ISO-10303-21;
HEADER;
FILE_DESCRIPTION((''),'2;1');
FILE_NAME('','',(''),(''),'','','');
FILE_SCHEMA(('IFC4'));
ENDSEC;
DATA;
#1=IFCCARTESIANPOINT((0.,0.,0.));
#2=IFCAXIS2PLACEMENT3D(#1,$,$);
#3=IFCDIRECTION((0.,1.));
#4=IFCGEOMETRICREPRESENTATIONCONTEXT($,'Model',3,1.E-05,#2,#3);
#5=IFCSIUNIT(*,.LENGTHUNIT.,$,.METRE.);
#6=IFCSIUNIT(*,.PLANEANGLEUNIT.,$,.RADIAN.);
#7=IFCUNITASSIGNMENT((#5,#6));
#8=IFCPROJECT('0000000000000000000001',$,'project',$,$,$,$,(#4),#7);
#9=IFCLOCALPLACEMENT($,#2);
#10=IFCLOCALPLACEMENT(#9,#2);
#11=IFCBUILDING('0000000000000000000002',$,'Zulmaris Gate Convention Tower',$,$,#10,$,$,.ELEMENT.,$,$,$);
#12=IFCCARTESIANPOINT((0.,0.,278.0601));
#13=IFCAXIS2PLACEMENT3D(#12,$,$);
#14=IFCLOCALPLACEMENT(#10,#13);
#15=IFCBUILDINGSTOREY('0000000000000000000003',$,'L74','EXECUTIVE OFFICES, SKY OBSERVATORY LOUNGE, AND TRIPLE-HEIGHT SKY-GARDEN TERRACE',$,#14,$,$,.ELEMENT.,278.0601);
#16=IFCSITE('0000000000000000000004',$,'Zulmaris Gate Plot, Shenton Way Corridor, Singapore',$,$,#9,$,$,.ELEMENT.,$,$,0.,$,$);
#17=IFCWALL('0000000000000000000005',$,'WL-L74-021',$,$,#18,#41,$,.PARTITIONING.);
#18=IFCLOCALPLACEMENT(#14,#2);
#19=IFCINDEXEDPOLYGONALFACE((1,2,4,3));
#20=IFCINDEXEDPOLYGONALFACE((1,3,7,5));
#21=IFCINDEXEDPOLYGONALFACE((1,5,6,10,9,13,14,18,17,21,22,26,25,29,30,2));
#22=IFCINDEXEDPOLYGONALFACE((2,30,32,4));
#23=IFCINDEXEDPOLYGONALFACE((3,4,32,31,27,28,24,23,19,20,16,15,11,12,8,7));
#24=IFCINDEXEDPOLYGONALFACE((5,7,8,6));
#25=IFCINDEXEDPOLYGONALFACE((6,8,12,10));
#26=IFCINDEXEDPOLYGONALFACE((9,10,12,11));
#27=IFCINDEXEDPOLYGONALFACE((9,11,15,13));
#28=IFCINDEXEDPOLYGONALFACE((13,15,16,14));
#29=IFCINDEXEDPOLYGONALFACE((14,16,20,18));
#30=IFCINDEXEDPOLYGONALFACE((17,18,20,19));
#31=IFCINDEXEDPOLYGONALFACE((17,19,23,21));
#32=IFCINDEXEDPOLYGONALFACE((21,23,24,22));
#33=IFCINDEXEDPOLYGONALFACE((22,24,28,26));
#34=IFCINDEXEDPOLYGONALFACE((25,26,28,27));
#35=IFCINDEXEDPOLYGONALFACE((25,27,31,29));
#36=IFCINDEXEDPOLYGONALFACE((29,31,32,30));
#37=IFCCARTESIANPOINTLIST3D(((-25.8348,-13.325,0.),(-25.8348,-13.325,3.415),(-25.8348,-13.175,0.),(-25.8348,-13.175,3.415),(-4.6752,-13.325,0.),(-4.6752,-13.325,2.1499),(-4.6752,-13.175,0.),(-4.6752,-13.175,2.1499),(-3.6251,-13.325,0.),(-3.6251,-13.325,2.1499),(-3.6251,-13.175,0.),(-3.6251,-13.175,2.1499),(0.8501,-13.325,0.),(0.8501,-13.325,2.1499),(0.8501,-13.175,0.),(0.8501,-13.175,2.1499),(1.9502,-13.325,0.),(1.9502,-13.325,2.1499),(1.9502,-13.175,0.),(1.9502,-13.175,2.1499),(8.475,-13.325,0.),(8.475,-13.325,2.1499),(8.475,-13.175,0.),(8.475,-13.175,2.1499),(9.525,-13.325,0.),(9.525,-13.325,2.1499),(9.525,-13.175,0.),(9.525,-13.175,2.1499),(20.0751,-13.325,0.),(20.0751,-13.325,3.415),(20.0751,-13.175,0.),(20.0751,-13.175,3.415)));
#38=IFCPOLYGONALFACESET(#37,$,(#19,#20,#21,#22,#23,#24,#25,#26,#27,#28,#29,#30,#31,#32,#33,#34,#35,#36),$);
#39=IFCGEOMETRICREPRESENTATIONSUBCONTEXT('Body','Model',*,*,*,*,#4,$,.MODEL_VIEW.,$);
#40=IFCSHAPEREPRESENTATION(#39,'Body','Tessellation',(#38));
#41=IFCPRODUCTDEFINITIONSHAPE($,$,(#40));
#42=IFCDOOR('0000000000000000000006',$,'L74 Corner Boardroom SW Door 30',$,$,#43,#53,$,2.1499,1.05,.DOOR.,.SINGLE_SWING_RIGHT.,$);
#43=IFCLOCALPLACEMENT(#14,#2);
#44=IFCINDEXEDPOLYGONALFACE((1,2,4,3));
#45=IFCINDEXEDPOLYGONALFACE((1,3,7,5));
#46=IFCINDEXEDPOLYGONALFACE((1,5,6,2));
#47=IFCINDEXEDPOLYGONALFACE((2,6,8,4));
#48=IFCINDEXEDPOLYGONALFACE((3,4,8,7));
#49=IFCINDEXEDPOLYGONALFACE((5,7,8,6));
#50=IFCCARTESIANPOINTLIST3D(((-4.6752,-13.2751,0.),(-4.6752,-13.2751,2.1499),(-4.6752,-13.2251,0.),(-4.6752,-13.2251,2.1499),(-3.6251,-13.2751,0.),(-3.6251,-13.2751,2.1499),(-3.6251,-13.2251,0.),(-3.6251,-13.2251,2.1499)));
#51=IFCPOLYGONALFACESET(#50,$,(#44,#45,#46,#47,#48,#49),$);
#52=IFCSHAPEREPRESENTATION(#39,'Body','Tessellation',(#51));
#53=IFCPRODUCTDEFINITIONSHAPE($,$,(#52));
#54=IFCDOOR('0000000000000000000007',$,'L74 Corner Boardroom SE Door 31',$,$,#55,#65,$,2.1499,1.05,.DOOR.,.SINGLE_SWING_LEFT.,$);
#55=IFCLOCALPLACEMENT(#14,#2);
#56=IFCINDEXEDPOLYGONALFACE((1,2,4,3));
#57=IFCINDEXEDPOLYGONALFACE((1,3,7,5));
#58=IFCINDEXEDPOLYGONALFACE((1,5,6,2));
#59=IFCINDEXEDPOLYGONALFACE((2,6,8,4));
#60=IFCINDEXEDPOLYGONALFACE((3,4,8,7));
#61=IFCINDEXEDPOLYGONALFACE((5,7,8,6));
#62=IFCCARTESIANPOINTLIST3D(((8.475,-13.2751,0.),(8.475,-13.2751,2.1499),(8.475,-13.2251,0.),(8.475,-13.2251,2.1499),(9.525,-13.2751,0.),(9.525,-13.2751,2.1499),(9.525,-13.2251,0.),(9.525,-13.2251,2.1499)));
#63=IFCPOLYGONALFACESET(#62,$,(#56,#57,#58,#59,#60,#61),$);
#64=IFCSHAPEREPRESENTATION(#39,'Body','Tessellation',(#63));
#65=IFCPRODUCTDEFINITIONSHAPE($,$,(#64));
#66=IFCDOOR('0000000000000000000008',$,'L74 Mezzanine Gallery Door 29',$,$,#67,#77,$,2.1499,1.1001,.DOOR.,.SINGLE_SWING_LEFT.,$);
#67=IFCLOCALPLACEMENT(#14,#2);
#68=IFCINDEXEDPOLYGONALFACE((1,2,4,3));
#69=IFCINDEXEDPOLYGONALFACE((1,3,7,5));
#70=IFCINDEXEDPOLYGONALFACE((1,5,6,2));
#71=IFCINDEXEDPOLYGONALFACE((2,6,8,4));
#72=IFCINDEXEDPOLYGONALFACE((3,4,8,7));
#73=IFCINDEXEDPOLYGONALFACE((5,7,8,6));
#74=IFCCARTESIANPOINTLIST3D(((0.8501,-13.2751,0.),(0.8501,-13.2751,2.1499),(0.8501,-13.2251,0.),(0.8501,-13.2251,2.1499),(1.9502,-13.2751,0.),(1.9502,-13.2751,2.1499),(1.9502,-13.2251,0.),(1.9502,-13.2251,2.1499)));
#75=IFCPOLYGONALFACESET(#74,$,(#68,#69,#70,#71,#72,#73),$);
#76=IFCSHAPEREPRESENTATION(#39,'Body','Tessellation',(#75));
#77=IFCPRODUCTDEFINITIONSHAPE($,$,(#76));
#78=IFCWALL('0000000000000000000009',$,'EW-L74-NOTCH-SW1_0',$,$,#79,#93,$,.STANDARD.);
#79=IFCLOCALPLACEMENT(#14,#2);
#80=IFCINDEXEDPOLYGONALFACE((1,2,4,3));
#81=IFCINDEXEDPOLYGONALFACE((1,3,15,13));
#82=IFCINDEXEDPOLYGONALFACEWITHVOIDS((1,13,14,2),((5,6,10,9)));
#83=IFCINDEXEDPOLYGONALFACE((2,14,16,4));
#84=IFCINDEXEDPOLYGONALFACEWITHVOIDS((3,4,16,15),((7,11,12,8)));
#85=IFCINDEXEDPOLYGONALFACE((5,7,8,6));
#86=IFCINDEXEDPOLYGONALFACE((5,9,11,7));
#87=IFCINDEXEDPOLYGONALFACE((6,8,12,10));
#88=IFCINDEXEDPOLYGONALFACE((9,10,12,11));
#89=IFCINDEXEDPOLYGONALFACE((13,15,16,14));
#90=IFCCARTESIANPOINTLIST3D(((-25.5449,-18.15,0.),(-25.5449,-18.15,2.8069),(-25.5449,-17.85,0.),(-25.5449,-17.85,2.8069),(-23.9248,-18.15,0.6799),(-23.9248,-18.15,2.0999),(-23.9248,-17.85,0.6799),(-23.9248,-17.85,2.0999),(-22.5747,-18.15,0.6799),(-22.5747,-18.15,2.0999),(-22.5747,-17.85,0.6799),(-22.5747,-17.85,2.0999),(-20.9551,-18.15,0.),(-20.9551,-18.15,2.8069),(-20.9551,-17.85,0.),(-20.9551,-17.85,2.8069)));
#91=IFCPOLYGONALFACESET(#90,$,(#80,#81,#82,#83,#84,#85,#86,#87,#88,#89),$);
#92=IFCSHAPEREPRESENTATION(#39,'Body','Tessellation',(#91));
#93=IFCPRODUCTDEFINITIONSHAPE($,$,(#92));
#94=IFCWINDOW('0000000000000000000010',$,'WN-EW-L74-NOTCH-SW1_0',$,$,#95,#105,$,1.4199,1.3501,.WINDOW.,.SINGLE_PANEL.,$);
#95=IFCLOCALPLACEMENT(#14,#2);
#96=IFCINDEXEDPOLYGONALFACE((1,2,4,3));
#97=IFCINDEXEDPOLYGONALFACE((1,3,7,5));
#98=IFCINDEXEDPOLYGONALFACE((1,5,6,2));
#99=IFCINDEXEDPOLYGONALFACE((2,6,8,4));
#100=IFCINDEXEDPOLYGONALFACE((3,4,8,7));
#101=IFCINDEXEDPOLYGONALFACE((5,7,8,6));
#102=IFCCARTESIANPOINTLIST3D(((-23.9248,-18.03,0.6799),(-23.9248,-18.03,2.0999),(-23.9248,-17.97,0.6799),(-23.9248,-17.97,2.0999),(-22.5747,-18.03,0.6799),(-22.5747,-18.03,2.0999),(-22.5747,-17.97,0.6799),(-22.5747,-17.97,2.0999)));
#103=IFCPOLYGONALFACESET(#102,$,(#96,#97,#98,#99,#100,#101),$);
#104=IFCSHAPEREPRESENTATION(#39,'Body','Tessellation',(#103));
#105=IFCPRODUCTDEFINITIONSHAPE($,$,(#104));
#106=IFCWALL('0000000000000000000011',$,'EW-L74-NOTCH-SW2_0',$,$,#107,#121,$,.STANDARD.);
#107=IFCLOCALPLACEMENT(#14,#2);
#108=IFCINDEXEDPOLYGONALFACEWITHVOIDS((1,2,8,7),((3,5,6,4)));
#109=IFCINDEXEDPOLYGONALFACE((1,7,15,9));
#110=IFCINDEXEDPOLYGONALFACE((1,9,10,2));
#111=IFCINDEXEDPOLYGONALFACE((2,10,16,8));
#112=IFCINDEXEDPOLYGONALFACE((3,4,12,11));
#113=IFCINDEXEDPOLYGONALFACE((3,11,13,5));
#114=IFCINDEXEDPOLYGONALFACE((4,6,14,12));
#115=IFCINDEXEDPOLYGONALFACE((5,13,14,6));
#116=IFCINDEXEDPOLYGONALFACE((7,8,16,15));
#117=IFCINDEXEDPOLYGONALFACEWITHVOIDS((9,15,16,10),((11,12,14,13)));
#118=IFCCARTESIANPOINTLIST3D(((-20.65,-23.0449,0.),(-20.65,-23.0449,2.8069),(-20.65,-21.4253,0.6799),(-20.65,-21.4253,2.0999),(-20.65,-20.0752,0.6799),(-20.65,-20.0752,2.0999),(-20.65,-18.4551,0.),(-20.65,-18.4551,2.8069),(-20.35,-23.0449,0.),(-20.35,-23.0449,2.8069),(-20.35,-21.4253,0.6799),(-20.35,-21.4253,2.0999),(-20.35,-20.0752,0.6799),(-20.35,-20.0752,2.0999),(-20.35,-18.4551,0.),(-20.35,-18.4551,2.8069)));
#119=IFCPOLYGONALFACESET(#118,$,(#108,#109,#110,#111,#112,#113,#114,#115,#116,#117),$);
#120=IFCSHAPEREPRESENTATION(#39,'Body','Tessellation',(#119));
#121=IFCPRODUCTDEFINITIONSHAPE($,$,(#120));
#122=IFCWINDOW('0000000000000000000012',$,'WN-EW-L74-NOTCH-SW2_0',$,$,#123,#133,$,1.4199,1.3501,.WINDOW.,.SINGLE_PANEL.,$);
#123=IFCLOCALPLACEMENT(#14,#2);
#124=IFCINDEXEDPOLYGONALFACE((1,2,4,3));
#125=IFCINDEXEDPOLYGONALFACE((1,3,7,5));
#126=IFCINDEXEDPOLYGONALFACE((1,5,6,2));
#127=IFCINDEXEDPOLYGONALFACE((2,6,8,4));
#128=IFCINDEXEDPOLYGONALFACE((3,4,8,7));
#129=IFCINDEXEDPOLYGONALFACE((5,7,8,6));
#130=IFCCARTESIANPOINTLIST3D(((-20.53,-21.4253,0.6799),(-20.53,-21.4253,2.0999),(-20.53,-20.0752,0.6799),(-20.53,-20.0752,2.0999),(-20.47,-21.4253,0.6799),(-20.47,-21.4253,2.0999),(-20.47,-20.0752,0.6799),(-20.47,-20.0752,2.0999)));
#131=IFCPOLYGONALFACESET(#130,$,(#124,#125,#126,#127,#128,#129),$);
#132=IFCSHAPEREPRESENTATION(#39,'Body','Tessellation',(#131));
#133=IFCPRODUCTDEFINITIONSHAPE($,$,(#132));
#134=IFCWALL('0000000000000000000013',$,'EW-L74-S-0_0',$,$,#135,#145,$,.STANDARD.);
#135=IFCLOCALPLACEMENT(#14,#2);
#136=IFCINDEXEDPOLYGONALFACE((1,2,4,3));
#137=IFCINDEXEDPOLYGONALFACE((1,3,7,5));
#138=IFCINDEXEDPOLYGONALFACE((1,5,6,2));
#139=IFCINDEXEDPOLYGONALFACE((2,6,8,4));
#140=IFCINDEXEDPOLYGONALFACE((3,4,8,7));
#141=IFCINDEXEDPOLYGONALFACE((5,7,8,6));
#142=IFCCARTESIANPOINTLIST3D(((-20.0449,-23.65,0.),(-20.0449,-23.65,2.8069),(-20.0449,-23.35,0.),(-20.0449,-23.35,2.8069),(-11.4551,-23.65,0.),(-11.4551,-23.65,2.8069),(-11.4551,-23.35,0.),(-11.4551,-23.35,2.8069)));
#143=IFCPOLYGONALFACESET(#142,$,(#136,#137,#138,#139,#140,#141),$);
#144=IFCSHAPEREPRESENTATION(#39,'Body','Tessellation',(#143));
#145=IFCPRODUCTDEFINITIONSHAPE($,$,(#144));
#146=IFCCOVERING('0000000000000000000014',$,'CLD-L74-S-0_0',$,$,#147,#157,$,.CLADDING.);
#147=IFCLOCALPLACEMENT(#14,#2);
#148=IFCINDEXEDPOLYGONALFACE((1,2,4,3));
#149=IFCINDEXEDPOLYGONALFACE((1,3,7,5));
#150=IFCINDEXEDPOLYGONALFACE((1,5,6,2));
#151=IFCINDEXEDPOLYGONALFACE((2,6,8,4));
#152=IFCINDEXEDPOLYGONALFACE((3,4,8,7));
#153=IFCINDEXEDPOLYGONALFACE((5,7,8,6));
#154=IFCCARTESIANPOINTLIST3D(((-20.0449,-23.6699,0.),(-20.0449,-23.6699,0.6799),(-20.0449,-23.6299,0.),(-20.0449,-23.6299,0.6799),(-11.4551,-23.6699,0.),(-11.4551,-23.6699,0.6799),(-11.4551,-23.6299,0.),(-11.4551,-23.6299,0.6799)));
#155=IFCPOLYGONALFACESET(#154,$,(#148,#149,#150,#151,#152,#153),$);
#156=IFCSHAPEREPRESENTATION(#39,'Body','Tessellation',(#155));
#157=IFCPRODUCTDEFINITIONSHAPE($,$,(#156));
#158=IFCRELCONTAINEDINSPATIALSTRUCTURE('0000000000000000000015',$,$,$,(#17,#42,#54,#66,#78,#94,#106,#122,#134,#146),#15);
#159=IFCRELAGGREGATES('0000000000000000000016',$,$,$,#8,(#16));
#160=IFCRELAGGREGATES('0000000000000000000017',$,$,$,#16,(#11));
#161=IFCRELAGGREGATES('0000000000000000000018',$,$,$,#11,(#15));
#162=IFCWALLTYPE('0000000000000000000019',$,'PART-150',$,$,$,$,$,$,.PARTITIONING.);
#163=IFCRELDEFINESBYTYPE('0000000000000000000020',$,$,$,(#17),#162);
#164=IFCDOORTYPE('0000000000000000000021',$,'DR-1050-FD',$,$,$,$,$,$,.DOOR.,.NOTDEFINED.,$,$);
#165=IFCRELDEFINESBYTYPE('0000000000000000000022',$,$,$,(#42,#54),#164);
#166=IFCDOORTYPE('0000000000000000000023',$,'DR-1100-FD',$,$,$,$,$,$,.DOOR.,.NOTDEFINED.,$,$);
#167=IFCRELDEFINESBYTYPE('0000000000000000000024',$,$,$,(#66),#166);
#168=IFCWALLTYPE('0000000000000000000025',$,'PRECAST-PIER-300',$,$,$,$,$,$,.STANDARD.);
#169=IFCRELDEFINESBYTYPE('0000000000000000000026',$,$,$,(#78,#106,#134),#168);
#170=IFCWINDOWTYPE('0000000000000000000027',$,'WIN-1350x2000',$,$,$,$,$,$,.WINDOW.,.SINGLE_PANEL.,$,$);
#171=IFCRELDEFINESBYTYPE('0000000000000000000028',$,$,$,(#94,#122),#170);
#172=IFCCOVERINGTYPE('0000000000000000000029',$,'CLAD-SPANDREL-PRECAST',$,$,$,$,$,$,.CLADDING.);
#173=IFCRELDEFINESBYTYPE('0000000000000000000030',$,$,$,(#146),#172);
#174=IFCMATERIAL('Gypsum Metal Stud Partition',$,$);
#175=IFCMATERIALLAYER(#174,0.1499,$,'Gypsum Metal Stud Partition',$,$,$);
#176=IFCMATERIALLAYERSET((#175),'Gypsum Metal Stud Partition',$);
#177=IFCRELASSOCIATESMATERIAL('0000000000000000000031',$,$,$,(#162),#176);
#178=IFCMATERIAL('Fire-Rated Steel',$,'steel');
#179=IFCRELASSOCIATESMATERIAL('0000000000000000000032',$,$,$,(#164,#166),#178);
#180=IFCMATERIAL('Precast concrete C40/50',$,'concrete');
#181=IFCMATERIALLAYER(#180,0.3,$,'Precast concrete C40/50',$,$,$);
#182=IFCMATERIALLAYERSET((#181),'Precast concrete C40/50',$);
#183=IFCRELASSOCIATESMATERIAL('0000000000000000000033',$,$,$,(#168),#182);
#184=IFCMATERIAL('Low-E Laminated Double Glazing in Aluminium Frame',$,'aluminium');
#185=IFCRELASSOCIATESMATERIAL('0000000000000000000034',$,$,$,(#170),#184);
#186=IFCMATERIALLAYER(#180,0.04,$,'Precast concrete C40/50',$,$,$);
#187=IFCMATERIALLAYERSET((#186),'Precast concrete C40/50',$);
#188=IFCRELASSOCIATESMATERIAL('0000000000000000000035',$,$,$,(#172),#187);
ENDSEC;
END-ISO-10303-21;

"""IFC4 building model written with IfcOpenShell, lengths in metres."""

from ifc_helpers import new_model, si_unit, direction, frame, frame_2d, origin, place, context, subcontext, project, spatial, rectangle, extrude, material, layer, layer_set, type_object, element, fill, save


model = new_model("IFC4")

# Units and contexts
model_context = context("Model", 3, precision=1e-05, world=origin(), true_north=direction((0.0, 1.0)))
body_context = subcontext(model_context, "Body", "Model", "MODEL_VIEW")
ifc_project = project(units=[si_unit("LENGTHUNIT", "METRE"), si_unit("PLANEANGLEUNIT", "RADIAN")], contexts=[model_context])

# Site, building, storey
site_placement = place(None, origin())
site = spatial("IfcSite", under=ifc_project, at=site_placement, Name="Zulmaris Gate Plot, Shenton Way Corridor, Singapore", CompositionType="ELEMENT", RefElevation=0.0)
building_placement = place(site_placement, origin())
building = spatial("IfcBuilding", under=site, at=building_placement, Name="Zulmaris Gate Convention Tower", CompositionType="ELEMENT")
storey_placement = place(building_placement, frame((0.0, 0.0, 278.0601)))
storey = spatial("IfcBuildingStorey", under=building, at=storey_placement, Name="L74", Description="EXECUTIVE OFFICES, SKY OBSERVATORY LOUNGE, AND TRIPLE-HEIGHT SKY-GARDEN TERRACE", CompositionType="ELEMENT", Elevation=278.0601)

# Wall, openings, doors
ifc_material_1 = material(Name="Gypsum Metal Stud Partition")
ifc_layer_1 = layer(ifc_material_1, 0.1499, Name="Gypsum Metal Stud Partition")
ifc_layer_set_1 = layer_set([ifc_layer_1], Name="Gypsum Metal Stud Partition")
wall_type_1 = type_object("IfcWallType", Name="PART-150", PredefinedType="PARTITIONING", material=ifc_layer_set_1)
wall_1_placement = place(storey_placement, frame((-25.835, -13.25, 0.0), z_axis=(0.0, 0.0, 1.0), x_axis=(1.0, 0.0, 0.0)))
wall_1 = element("IfcWall", 1, at=wall_1_placement, inside=storey, type_object=wall_type_1, Name="WL-L74-021", PredefinedType="PARTITIONING", context=body_context, shape_type="SweptSolid", body=[
    extrude(rectangle(XDim=45.9099, YDim=0.1499, at=frame_2d((22.9551, 0.0))), origin(), (0.0, 0.0, 1.0), 3.415),
])
opening_1_placement = place(wall_1_placement, frame((26.6851, 0.0, 0.0)))
opening_1 = element("IfcOpeningElement", 2, at=opening_1_placement, cuts=wall_1, PredefinedType="OPENING", context=body_context, shape_type="SweptSolid", body=[
    extrude(rectangle(XDim=1.1001, YDim=2.1499, at=frame_2d((0.55, 1.075))), frame((0.0, 0.085, 0.0), z_axis=(0.0, -1.0, 0.0), x_axis=(1.0, 0.0, 0.0)), (0.0, 0.0, 1.0), 0.1699),
])
opening_2_placement = place(wall_1_placement, frame((21.1599, 0.0, 0.0)))
opening_2 = element("IfcOpeningElement", 3, at=opening_2_placement, cuts=wall_1, PredefinedType="OPENING", context=body_context, shape_type="SweptSolid", body=[
    extrude(rectangle(XDim=1.05, YDim=2.1499, at=frame_2d((0.5249, 1.075))), frame((0.0, 0.085, 0.0), z_axis=(0.0, -1.0, 0.0), x_axis=(1.0, 0.0, 0.0)), (0.0, 0.0, 1.0), 0.1699),
])
opening_3_placement = place(wall_1_placement, frame((34.3101, 0.0, 0.0)))
opening_3 = element("IfcOpeningElement", 4, at=opening_3_placement, cuts=wall_1, PredefinedType="OPENING", context=body_context, shape_type="SweptSolid", body=[
    extrude(rectangle(XDim=1.05, YDim=2.1499, at=frame_2d((0.5249, 1.075))), frame((0.0, 0.085, 0.0), z_axis=(0.0, -1.0, 0.0), x_axis=(1.0, 0.0, 0.0)), (0.0, 0.0, 1.0), 0.1699),
])
ifc_material_2 = material(Name="Fire-Rated Steel", Category="steel")
door_type_1 = type_object("IfcDoorType", Name="DR-1050-FD", OperationType="NOTDEFINED", PredefinedType="DOOR", material=ifc_material_2)
door_1_placement = place(opening_2_placement, origin())
door_1 = element("IfcDoor", 5, at=door_1_placement, inside=storey, type_object=door_type_1, Name="L74 Corner Boardroom SW Door 30", OperationType="SINGLE_SWING_RIGHT", OverallHeight=2.1499, OverallWidth=1.05, PredefinedType="DOOR", context=body_context, shape_type="SweptSolid", body=[
    extrude(rectangle(XDim=1.05, YDim=2.1499, at=frame_2d((0.5249, 1.075))), frame((0.0, 0.0249, 0.0), z_axis=(0.0, -1.0, 0.0), x_axis=(1.0, 0.0, 0.0)), (0.0, 0.0, 1.0), 0.05),
])
fill(opening_2, door_1)
door_2_placement = place(opening_3_placement, origin())
door_2 = element("IfcDoor", 6, at=door_2_placement, inside=storey, type_object=door_type_1, Name="L74 Corner Boardroom SE Door 31", OperationType="SINGLE_SWING_LEFT", OverallHeight=2.1499, OverallWidth=1.05, PredefinedType="DOOR", context=body_context, shape_type="SweptSolid", body=[
    extrude(rectangle(XDim=1.05, YDim=2.1499, at=frame_2d((0.5249, 1.075))), frame((0.0, 0.0249, 0.0), z_axis=(0.0, -1.0, 0.0), x_axis=(1.0, 0.0, 0.0)), (0.0, 0.0, 1.0), 0.05),
])
fill(opening_3, door_2)
door_type_2 = type_object("IfcDoorType", Name="DR-1100-FD", OperationType="NOTDEFINED", PredefinedType="DOOR", material=ifc_material_2)
door_3_placement = place(opening_1_placement, origin())
door_3 = element("IfcDoor", 7, at=door_3_placement, inside=storey, type_object=door_type_2, Name="L74 Mezzanine Gallery Door 29", OperationType="SINGLE_SWING_LEFT", OverallHeight=2.1499, OverallWidth=1.1001, PredefinedType="DOOR", context=body_context, shape_type="SweptSolid", body=[
    extrude(rectangle(XDim=1.1001, YDim=2.1499, at=frame_2d((0.55, 1.075))), frame((0.0, 0.0249, 0.0), z_axis=(0.0, -1.0, 0.0), x_axis=(1.0, 0.0, 0.0)), (0.0, 0.0, 1.0), 0.05),
])
fill(opening_1, door_3)

# Walls, openings, windows
ifc_material_3 = material(Name="Precast concrete C40/50", Category="concrete")
ifc_layer_2 = layer(ifc_material_3, 0.3, Name="Precast concrete C40/50")
ifc_layer_set_2 = layer_set([ifc_layer_2], Name="Precast concrete C40/50")
wall_type_2 = type_object("IfcWallType", Name="PRECAST-PIER-300", PredefinedType="STANDARD", material=ifc_layer_set_2)
wall_2_placement = place(storey_placement, frame((-25.5449, -18.0, 0.0), z_axis=(0.0, 0.0, 1.0), x_axis=(1.0, 0.0, 0.0)))
wall_2 = element("IfcWall", 8, at=wall_2_placement, inside=storey, type_object=wall_type_2, Name="EW-L74-NOTCH-SW1_0", PredefinedType="STANDARD", context=body_context, shape_type="SweptSolid", body=[
    extrude(rectangle(XDim=4.5898, YDim=0.3, at=frame_2d((2.2949, 0.0))), origin(), (0.0, 0.0, 1.0), 2.8069),
])
opening_4_placement = place(wall_2_placement, frame((1.6201, 0.0, 0.6799)))
opening_4 = element("IfcOpeningElement", 9, at=opening_4_placement, cuts=wall_2, PredefinedType="OPENING", context=body_context, shape_type="SweptSolid", body=[
    extrude(rectangle(XDim=1.3501, YDim=1.4199, at=frame_2d((0.675, 0.71))), frame((0.0, 0.1602, 0.0), z_axis=(0.0, -1.0, 0.0), x_axis=(1.0, 0.0, 0.0)), (0.0, 0.0, 1.0), 0.3201),
])
ifc_material_4 = material(Name="Low-E Laminated Double Glazing in Aluminium Frame", Category="aluminium")
window_type = type_object("IfcWindowType", Name="WIN-1350x2000", PartitioningType="SINGLE_PANEL", PredefinedType="WINDOW", material=ifc_material_4)
window_1_placement = place(opening_4_placement, origin())
window_1 = element("IfcWindow", 10, at=window_1_placement, inside=storey, type_object=window_type, Name="WN-EW-L74-NOTCH-SW1_0", OverallHeight=1.4199, OverallWidth=1.3501, PartitioningType="SINGLE_PANEL", PredefinedType="WINDOW", context=body_context, shape_type="SweptSolid", body=[
    extrude(rectangle(XDim=1.3501, YDim=1.4199, at=frame_2d((0.675, 0.71))), frame((0.0, 0.03, 0.0), z_axis=(0.0, -1.0, 0.0), x_axis=(1.0, 0.0, 0.0)), (0.0, 0.0, 1.0), 0.0601),
])
fill(opening_4, window_1)
wall_3_placement = place(storey_placement, frame((-20.5, -18.4551, 0.0), z_axis=(0.0, 0.0, 1.0), x_axis=(0.0, -1.0, 0.0)))
wall_3 = element("IfcWall", 11, at=wall_3_placement, inside=storey, type_object=wall_type_2, Name="EW-L74-NOTCH-SW2_0", PredefinedType="STANDARD", context=body_context, shape_type="SweptSolid", body=[
    extrude(rectangle(XDim=4.5898, YDim=0.3, at=frame_2d((2.2949, 0.0))), origin(), (0.0, 0.0, 1.0), 2.8069),
])
opening_5_placement = place(wall_3_placement, frame((1.6201, 0.0, 0.6799)))
opening_5 = element("IfcOpeningElement", 12, at=opening_5_placement, cuts=wall_3, PredefinedType="OPENING", context=body_context, shape_type="SweptSolid", body=[
    extrude(rectangle(XDim=1.3501, YDim=1.4199, at=frame_2d((0.675, 0.71))), frame((0.0, 0.1602, 0.0), z_axis=(0.0, -1.0, 0.0), x_axis=(1.0, 0.0, 0.0)), (0.0, 0.0, 1.0), 0.3201),
])
window_2_placement = place(opening_5_placement, origin())
window_2 = element("IfcWindow", 13, at=window_2_placement, inside=storey, type_object=window_type, Name="WN-EW-L74-NOTCH-SW2_0", OverallHeight=1.4199, OverallWidth=1.3501, PartitioningType="SINGLE_PANEL", PredefinedType="WINDOW", context=body_context, shape_type="SweptSolid", body=[
    extrude(rectangle(XDim=1.3501, YDim=1.4199, at=frame_2d((0.675, 0.71))), frame((0.0, 0.03, 0.0), z_axis=(0.0, -1.0, 0.0), x_axis=(1.0, 0.0, 0.0)), (0.0, 0.0, 1.0), 0.0601),
])
fill(opening_5, window_2)

# Wall
wall_4_placement = place(storey_placement, frame((-20.0449, -23.5, 0.0), z_axis=(0.0, 0.0, 1.0), x_axis=(1.0, 0.0, 0.0)))
element("IfcWall", 14, at=wall_4_placement, inside=storey, type_object=wall_type_2, Name="EW-L74-S-0_0", PredefinedType="STANDARD", context=body_context, shape_type="SweptSolid", body=[
    extrude(rectangle(XDim=8.5898, YDim=0.3, at=frame_2d((4.2949, 0.0))), origin(), (0.0, 0.0, 1.0), 2.8069),
])

# Covering
ifc_layer_3 = layer(ifc_material_3, 0.04, Name="Precast concrete C40/50")
ifc_layer_set_3 = layer_set([ifc_layer_3], Name="Precast concrete C40/50")
covering_type_1 = type_object("IfcCoveringType", Name="CLAD-SPANDREL-PRECAST", PredefinedType="CLADDING", material=ifc_layer_set_3)
covering_1_placement = place(storey_placement, frame((-20.0449, -23.6499, 0.0), z_axis=(0.0, 0.0, 1.0), x_axis=(1.0, 0.0, 0.0)))
element("IfcCovering", 15, at=covering_1_placement, inside=storey, type_object=covering_type_1, Name="CLD-L74-S-0_0", PredefinedType="CLADDING", context=body_context, shape_type="SweptSolid", body=[
    extrude(rectangle(XDim=8.5898, YDim=0.04, at=frame_2d((4.2949, 0.0))), origin(), (0.0, 0.0, 1.0), 0.6799),
])

save(model, "model.ifc")
